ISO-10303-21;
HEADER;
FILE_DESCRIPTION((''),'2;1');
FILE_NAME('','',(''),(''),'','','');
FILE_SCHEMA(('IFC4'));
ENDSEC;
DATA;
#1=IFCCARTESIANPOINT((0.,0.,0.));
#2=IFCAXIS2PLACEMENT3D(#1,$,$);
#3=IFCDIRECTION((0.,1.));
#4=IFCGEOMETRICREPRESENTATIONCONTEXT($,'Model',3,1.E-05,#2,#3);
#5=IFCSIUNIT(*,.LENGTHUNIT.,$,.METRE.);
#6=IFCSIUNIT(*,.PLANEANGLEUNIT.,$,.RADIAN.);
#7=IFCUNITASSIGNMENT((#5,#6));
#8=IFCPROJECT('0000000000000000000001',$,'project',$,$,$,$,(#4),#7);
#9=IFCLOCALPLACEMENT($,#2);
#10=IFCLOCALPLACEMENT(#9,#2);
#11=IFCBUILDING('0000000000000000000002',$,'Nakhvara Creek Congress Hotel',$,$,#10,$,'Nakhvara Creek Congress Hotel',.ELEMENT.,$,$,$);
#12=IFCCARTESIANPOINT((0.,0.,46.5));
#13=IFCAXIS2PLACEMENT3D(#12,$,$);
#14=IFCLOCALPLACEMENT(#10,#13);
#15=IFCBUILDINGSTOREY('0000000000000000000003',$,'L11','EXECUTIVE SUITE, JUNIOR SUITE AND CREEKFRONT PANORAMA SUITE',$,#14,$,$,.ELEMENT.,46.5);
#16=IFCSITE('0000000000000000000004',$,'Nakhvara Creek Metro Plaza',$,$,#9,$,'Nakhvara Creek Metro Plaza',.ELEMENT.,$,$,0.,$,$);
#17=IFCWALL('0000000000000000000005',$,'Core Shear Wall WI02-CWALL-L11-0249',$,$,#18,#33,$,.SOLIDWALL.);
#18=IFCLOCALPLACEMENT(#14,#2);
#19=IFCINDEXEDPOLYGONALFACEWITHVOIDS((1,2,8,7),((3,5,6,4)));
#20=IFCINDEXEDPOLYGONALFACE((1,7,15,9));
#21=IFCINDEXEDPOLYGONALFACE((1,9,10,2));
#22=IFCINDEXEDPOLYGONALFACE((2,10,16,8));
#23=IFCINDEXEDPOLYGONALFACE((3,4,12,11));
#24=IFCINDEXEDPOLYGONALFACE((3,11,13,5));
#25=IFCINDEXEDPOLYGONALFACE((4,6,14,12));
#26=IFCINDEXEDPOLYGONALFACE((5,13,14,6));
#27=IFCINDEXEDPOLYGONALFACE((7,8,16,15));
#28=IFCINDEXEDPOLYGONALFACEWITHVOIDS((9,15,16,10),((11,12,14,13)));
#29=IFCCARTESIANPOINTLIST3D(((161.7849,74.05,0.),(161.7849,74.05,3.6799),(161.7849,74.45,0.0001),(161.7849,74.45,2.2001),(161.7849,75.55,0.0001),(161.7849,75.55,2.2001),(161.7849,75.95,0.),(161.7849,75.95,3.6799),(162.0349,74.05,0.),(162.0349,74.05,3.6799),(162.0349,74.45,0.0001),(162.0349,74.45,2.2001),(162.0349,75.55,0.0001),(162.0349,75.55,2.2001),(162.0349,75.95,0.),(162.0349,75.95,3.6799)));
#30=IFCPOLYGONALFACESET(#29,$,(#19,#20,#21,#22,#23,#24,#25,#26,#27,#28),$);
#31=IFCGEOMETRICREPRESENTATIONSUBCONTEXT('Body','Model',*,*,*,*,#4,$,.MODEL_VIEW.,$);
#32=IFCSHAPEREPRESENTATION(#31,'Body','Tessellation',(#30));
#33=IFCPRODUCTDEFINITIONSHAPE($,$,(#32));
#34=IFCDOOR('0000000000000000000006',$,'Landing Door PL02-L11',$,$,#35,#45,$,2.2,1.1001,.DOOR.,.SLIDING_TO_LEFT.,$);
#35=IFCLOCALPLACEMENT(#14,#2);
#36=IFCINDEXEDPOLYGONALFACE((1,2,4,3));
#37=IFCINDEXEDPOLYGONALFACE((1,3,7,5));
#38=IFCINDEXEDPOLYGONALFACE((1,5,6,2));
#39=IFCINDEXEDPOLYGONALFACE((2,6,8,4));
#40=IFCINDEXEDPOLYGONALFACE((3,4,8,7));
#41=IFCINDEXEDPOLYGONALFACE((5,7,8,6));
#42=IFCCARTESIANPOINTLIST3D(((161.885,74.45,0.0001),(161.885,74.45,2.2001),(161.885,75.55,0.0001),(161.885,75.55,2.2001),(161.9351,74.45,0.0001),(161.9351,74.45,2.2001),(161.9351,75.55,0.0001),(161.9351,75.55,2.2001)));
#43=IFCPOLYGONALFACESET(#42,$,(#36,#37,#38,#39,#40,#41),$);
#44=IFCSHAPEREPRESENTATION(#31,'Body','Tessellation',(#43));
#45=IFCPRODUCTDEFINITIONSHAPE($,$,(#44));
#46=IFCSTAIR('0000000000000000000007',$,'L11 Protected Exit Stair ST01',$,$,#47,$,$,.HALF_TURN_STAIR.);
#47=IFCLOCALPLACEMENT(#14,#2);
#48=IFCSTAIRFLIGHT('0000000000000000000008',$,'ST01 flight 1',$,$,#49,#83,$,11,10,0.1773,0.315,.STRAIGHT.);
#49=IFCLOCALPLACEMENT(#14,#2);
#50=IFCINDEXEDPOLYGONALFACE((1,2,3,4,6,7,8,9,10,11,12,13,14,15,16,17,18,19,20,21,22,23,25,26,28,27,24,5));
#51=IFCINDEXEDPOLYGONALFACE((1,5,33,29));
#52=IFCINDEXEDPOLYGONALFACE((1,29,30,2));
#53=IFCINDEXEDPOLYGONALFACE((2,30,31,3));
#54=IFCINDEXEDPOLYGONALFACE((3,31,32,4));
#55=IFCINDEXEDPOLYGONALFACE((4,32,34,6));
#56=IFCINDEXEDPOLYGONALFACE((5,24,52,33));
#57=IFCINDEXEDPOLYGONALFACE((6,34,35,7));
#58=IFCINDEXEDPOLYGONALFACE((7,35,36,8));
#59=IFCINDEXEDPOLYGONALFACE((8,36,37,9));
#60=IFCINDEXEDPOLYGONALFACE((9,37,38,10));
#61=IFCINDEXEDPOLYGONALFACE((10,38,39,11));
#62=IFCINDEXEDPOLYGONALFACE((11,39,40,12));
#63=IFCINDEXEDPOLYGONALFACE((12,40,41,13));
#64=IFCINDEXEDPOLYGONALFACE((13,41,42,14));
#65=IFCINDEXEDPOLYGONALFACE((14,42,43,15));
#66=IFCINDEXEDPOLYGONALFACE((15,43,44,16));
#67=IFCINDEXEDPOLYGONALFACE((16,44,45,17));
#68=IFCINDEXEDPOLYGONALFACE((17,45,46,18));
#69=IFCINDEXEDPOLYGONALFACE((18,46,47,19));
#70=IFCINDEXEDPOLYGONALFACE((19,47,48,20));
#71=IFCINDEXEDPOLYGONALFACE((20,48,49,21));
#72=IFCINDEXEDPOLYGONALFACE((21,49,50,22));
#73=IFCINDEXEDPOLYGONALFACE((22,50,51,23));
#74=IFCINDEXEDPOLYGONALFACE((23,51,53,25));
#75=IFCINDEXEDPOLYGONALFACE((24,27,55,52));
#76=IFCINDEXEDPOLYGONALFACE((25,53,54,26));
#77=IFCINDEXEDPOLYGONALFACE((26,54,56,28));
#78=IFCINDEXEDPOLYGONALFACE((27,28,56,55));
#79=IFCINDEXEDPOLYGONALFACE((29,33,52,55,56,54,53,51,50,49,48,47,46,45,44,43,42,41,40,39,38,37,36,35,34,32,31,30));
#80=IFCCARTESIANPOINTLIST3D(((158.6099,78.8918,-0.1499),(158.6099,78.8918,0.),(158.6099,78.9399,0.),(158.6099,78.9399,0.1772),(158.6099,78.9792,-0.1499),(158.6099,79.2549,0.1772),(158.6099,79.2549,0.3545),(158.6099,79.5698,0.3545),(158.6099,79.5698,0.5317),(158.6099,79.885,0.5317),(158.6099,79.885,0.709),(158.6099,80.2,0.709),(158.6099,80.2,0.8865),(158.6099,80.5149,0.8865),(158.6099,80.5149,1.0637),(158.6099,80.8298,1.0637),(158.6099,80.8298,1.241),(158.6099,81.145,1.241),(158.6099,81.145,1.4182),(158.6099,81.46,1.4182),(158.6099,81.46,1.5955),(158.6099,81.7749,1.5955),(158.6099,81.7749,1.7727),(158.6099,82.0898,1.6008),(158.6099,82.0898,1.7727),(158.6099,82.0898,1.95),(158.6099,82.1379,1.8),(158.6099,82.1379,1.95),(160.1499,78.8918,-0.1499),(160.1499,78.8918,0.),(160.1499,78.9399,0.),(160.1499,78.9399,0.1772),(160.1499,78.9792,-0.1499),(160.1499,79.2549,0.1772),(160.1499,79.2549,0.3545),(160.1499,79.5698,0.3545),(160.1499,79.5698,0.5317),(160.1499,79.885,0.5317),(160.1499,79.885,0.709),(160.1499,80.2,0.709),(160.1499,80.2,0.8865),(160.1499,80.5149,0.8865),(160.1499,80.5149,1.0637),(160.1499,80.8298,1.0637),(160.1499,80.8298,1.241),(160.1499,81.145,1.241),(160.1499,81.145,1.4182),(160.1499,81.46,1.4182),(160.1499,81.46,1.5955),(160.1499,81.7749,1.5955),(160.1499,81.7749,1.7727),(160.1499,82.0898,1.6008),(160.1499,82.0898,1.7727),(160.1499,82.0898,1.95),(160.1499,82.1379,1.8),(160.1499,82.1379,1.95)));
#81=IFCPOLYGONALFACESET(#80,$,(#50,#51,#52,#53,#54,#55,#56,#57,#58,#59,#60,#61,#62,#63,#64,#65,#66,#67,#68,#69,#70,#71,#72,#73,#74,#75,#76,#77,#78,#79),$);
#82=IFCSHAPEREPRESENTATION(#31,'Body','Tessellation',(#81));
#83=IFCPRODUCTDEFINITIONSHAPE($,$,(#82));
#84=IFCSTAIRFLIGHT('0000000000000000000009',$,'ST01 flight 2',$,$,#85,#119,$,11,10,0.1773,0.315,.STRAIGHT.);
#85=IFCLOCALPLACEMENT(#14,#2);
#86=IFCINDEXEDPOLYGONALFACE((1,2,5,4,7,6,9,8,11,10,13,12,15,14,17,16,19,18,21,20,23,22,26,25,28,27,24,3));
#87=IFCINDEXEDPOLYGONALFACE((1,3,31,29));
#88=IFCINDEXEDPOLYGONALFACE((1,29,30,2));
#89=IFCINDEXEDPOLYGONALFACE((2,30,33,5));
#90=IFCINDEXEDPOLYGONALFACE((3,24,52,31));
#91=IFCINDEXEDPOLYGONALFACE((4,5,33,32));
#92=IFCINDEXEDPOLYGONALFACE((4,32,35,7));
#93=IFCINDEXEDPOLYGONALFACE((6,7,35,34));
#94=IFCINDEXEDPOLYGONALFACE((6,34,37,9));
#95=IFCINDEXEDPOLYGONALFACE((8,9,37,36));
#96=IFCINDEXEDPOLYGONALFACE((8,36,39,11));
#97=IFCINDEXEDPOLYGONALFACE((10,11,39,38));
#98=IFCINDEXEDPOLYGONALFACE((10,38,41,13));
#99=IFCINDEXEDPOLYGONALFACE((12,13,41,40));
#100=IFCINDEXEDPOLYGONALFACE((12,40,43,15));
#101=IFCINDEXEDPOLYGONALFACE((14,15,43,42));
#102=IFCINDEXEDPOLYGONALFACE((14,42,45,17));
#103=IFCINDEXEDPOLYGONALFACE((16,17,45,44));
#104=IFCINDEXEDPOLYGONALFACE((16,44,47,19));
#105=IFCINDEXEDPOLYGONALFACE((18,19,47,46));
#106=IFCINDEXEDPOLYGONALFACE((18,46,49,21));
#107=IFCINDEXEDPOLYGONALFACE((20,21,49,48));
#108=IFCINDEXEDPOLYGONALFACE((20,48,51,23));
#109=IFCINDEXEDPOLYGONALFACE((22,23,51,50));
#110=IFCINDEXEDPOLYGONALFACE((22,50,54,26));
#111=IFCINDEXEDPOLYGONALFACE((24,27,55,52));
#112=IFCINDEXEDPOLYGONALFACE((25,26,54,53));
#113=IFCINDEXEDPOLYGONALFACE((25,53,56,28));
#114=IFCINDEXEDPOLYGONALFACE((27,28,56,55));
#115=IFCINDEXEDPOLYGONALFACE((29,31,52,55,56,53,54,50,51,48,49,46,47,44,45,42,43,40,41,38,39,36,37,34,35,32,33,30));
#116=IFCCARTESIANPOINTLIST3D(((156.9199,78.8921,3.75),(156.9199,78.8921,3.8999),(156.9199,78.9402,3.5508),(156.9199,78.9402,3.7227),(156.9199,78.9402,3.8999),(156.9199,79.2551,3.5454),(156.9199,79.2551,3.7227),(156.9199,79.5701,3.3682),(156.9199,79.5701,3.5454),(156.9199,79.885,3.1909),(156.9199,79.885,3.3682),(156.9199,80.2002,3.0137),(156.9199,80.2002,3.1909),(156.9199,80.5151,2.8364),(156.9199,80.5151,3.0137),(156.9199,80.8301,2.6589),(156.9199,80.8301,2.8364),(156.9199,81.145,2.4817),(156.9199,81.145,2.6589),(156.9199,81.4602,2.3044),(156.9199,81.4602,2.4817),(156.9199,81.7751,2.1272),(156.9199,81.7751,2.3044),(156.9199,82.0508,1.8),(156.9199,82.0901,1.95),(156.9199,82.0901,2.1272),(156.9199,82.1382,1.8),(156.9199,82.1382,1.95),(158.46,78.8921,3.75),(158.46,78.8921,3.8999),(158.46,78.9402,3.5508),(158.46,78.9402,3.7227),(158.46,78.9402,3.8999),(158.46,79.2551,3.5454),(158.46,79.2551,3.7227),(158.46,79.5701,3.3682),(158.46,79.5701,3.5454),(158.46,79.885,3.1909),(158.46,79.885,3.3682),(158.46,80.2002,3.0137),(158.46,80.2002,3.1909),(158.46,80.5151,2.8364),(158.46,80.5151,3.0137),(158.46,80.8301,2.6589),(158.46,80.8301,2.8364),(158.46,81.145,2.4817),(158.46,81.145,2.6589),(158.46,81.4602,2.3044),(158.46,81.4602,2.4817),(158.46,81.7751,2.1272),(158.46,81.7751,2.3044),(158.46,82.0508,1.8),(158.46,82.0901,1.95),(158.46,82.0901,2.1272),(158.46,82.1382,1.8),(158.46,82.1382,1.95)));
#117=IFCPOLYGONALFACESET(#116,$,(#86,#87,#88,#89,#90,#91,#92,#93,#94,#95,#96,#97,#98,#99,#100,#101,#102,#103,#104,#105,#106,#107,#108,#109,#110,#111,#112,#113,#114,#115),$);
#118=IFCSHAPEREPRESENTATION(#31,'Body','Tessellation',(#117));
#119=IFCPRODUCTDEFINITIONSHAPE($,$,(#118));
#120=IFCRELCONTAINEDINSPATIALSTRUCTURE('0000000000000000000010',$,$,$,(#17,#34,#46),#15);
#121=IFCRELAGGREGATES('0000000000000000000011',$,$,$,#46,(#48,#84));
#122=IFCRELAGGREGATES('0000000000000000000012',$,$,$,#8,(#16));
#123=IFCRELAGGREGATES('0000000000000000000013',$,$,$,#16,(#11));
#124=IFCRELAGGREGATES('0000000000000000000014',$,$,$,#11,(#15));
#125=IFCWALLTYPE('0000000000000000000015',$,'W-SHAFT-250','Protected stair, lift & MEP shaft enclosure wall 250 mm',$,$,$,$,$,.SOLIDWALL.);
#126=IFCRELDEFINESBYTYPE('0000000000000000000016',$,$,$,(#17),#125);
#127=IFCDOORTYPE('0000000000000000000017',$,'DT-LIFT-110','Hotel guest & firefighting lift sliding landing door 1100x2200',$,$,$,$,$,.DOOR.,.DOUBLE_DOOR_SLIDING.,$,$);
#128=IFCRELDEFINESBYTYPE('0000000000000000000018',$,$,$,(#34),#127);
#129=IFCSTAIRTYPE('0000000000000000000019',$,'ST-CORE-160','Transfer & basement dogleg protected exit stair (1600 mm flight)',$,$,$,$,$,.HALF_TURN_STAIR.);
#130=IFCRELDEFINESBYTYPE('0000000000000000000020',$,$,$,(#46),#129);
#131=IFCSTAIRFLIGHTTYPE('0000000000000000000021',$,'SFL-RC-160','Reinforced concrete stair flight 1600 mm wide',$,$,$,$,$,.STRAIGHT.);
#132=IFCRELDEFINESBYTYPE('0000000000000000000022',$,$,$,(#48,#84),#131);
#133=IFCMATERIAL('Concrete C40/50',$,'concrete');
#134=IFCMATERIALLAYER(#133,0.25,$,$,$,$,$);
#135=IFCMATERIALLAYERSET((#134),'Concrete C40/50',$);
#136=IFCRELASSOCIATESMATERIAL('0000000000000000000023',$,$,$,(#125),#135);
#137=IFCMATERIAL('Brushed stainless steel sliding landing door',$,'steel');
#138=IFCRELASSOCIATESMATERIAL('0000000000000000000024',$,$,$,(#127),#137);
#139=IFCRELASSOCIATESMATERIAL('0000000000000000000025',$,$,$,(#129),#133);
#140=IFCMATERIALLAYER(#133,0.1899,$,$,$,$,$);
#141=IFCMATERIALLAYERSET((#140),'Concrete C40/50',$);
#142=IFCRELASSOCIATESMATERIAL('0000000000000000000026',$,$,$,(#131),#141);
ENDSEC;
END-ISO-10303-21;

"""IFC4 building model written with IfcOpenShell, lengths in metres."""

from ifc_helpers import new_model, si_unit, direction, frame, frame_2d, origin, place, context, subcontext, project, spatial, polyline, rectangle, outline, extrude, material, layer, layer_set, type_object, element, fill, aggregate, save


model = new_model("IFC4")

# Units and contexts
model_context = context("Model", 3, precision=1e-05, world=origin(), true_north=direction((0.0, 1.0)))
body_context = subcontext(model_context, "Body", "Model", "MODEL_VIEW")
ifc_project = project(units=[si_unit("LENGTHUNIT", "METRE"), si_unit("PLANEANGLEUNIT", "RADIAN")], contexts=[model_context])

# Site, building, storey
site_placement = place(None, origin())
site = spatial("IfcSite", under=ifc_project, at=site_placement, Name="Nakhvara Creek Metro Plaza", LongName="Nakhvara Creek Metro Plaza", CompositionType="ELEMENT", RefElevation=0.0)
building_placement = place(site_placement, origin())
building = spatial("IfcBuilding", under=site, at=building_placement, Name="Nakhvara Creek Congress Hotel", LongName="Nakhvara Creek Congress Hotel", CompositionType="ELEMENT")
storey_placement = place(building_placement, frame((0.0, 0.0, 46.5)))
storey = spatial("IfcBuildingStorey", under=building, at=storey_placement, Name="L11", Description="EXECUTIVE SUITE, JUNIOR SUITE AND CREEKFRONT PANORAMA SUITE", CompositionType="ELEMENT", Elevation=46.5)

# Shared definitions
ifc_material_1 = material(Name="Concrete C40/50", Category="concrete")

# Shared definitions
ifc_layer_1 = layer(ifc_material_1, 0.25)
ifc_layer_set_1 = layer_set([ifc_layer_1], Name="Concrete C40/50")
wall_type_1 = type_object("IfcWallType", Name="W-SHAFT-250", Description="Protected stair, lift & MEP shaft enclosure wall 250 mm", PredefinedType="SOLIDWALL", material=ifc_layer_set_1)

# Wall, opening, door
wall_1_placement = place(storey_placement, frame((161.9099, 74.05, 0.0), z_axis=(0.0, 0.0, 1.0), x_axis=(0.0, 1.0, 0.0)))
wall_1 = element("IfcWall", 1, at=wall_1_placement, inside=storey, type_object=wall_type_1, Name="Core Shear Wall WI02-CWALL-L11-0249", PredefinedType="SOLIDWALL", context=body_context, shape_type="SweptSolid", body=[
    extrude(rectangle(XDim=1.8999, YDim=0.25, at=frame_2d((0.95, 0.0))), origin(), (0.0, 0.0, 1.0), 3.6799),
])
opening_1_placement = place(wall_1_placement, frame((0.3999, 0.0, 0.0)))
opening_1 = element("IfcOpeningElement", 2, at=opening_1_placement, cuts=wall_1, PredefinedType="OPENING", context=body_context, shape_type="SweptSolid", body=[
    extrude(rectangle(XDim=1.1001, YDim=2.2, at=frame_2d((0.55, 1.1001))), frame((0.0, 0.137, 0.0), z_axis=(0.0, -1.0, 0.0), x_axis=(1.0, 0.0, 0.0)), (0.0, 0.0, 1.0), 0.2739),
])
ifc_material_2 = material(Name="Brushed stainless steel sliding landing door", Category="steel")
door_type_1 = type_object("IfcDoorType", Name="DT-LIFT-110", Description="Hotel guest & firefighting lift sliding landing door 1100x2200", OperationType="DOUBLE_DOOR_SLIDING", PredefinedType="DOOR", material=ifc_material_2)
door_1_placement = place(opening_1_placement, origin())
door_1 = element("IfcDoor", 3, at=door_1_placement, inside=storey, type_object=door_type_1, Name="Landing Door PL02-L11", OperationType="SLIDING_TO_LEFT", OverallHeight=2.2, OverallWidth=1.1001, PredefinedType="DOOR", context=body_context, shape_type="SweptSolid", body=[
    extrude(rectangle(XDim=1.1001, YDim=2.2, at=frame_2d((0.55, 1.1001))), frame((0.0, 0.0249, 0.0), z_axis=(0.0, -1.0, 0.0), x_axis=(1.0, 0.0, 0.0)), (0.0, 0.0, 1.0), 0.05),
])
fill(opening_1, door_1)

# Stair, stair flights
stair_type = type_object("IfcStairType", Name="ST-CORE-160", Description="Transfer & basement dogleg protected exit stair (1600 mm flight)", PredefinedType="HALF_TURN_STAIR", material=ifc_material_1)
stair_placement = place(storey_placement, origin())
stair = element("IfcStair", 4, at=stair_placement, inside=storey, type_object=stair_type, Name="L11 Protected Exit Stair ST01", PredefinedType="HALF_TURN_STAIR")
ifc_layer_2 = layer(ifc_material_1, 0.1899)
ifc_layer_set_2 = layer_set([ifc_layer_2], Name="Concrete C40/50")
stair_flight_type = type_object("IfcStairFlightType", Name="SFL-RC-160", Description="Reinforced concrete stair flight 1600 mm wide", PredefinedType="STRAIGHT", material=ifc_layer_set_2)
stair_flight_1_placement = place(storey_placement, frame((159.3799, 78.9399, 0.0), z_axis=(0.0, 0.0, 1.0), x_axis=(0.0, 1.0, 0.0)))
stair_flight_1 = element("IfcStairFlight", 5, at=stair_flight_1_placement, type_object=stair_flight_type, Name="ST01 flight 1", NumberOfRisers=11, NumberOfTreads=10, PredefinedType="STRAIGHT", RiserHeight=0.1773, TreadLength=0.315, context=body_context, shape_type="SweptSolid", body=[
    extrude(outline(polyline([(-0.0481, 0.0), (0.0, 0.0), (0.0, 0.1772), (0.3149, 0.1772), (0.3149, 0.3545), (0.6299, 0.3545), (0.6299, 0.5317), (0.9451, 0.5317), (0.9451, 0.709), (1.26, 0.709), (1.26, 0.8865), (1.575, 0.8865), (1.575, 1.0637), (1.8899, 1.0637), (1.8899, 1.241), (2.2051, 1.241), (2.2051, 1.4182), (2.52, 1.4182), (2.52, 1.5955), (2.835, 1.5955), (2.835, 1.7727), (3.1499, 1.7727), (3.1499, 1.95), (3.198, 1.95), (3.198, 1.8), (3.1499, 1.6008), (0.0393, -0.1499), (-0.0481, -0.1499), (-0.0481, 0.0)])), frame((0.0, 0.77, 0.0), z_axis=(0.0, -1.0, 0.0), x_axis=(1.0, 0.0, 0.0)), (0.0, 0.0, 1.0), 1.54),
])
stair_flight_2_placement = place(storey_placement, frame((157.6899, 82.0901, 1.95), z_axis=(0.0, 0.0, 1.0), x_axis=(0.0, -1.0, 0.0)))
stair_flight_2 = element("IfcStairFlight", 6, at=stair_flight_2_placement, type_object=stair_flight_type, Name="ST01 flight 2", NumberOfRisers=11, NumberOfTreads=10, PredefinedType="STRAIGHT", RiserHeight=0.1773, TreadLength=0.315, context=body_context, shape_type="SweptSolid", body=[
    extrude(outline(polyline([(-0.0481, 0.0), (0.0, 0.0), (0.0, 0.1772), (0.3149, 0.1772), (0.3149, 0.3545), (0.6299, 0.3545), (0.6299, 0.5317), (0.9451, 0.5317), (0.9451, 0.709), (1.26, 0.709), (1.26, 0.8865), (1.575, 0.8865), (1.575, 1.0637), (1.8899, 1.0637), (1.8899, 1.241), (2.2051, 1.241), (2.2051, 1.4182), (2.52, 1.4182), (2.52, 1.5955), (2.835, 1.5955), (2.835, 1.7727), (3.1499, 1.7727), (3.1499, 1.95), (3.198, 1.95), (3.198, 1.8), (3.1499, 1.6008), (0.0393, -0.1499), (-0.0481, -0.1499), (-0.0481, 0.0)])), frame((0.0, 0.77, 0.0), z_axis=(0.0, -1.0, 0.0), x_axis=(1.0, 0.0, 0.0)), (0.0, 0.0, 1.0), 1.54),
])
aggregate(stair, [stair_flight_1, stair_flight_2])

save(model, "model.ifc")
